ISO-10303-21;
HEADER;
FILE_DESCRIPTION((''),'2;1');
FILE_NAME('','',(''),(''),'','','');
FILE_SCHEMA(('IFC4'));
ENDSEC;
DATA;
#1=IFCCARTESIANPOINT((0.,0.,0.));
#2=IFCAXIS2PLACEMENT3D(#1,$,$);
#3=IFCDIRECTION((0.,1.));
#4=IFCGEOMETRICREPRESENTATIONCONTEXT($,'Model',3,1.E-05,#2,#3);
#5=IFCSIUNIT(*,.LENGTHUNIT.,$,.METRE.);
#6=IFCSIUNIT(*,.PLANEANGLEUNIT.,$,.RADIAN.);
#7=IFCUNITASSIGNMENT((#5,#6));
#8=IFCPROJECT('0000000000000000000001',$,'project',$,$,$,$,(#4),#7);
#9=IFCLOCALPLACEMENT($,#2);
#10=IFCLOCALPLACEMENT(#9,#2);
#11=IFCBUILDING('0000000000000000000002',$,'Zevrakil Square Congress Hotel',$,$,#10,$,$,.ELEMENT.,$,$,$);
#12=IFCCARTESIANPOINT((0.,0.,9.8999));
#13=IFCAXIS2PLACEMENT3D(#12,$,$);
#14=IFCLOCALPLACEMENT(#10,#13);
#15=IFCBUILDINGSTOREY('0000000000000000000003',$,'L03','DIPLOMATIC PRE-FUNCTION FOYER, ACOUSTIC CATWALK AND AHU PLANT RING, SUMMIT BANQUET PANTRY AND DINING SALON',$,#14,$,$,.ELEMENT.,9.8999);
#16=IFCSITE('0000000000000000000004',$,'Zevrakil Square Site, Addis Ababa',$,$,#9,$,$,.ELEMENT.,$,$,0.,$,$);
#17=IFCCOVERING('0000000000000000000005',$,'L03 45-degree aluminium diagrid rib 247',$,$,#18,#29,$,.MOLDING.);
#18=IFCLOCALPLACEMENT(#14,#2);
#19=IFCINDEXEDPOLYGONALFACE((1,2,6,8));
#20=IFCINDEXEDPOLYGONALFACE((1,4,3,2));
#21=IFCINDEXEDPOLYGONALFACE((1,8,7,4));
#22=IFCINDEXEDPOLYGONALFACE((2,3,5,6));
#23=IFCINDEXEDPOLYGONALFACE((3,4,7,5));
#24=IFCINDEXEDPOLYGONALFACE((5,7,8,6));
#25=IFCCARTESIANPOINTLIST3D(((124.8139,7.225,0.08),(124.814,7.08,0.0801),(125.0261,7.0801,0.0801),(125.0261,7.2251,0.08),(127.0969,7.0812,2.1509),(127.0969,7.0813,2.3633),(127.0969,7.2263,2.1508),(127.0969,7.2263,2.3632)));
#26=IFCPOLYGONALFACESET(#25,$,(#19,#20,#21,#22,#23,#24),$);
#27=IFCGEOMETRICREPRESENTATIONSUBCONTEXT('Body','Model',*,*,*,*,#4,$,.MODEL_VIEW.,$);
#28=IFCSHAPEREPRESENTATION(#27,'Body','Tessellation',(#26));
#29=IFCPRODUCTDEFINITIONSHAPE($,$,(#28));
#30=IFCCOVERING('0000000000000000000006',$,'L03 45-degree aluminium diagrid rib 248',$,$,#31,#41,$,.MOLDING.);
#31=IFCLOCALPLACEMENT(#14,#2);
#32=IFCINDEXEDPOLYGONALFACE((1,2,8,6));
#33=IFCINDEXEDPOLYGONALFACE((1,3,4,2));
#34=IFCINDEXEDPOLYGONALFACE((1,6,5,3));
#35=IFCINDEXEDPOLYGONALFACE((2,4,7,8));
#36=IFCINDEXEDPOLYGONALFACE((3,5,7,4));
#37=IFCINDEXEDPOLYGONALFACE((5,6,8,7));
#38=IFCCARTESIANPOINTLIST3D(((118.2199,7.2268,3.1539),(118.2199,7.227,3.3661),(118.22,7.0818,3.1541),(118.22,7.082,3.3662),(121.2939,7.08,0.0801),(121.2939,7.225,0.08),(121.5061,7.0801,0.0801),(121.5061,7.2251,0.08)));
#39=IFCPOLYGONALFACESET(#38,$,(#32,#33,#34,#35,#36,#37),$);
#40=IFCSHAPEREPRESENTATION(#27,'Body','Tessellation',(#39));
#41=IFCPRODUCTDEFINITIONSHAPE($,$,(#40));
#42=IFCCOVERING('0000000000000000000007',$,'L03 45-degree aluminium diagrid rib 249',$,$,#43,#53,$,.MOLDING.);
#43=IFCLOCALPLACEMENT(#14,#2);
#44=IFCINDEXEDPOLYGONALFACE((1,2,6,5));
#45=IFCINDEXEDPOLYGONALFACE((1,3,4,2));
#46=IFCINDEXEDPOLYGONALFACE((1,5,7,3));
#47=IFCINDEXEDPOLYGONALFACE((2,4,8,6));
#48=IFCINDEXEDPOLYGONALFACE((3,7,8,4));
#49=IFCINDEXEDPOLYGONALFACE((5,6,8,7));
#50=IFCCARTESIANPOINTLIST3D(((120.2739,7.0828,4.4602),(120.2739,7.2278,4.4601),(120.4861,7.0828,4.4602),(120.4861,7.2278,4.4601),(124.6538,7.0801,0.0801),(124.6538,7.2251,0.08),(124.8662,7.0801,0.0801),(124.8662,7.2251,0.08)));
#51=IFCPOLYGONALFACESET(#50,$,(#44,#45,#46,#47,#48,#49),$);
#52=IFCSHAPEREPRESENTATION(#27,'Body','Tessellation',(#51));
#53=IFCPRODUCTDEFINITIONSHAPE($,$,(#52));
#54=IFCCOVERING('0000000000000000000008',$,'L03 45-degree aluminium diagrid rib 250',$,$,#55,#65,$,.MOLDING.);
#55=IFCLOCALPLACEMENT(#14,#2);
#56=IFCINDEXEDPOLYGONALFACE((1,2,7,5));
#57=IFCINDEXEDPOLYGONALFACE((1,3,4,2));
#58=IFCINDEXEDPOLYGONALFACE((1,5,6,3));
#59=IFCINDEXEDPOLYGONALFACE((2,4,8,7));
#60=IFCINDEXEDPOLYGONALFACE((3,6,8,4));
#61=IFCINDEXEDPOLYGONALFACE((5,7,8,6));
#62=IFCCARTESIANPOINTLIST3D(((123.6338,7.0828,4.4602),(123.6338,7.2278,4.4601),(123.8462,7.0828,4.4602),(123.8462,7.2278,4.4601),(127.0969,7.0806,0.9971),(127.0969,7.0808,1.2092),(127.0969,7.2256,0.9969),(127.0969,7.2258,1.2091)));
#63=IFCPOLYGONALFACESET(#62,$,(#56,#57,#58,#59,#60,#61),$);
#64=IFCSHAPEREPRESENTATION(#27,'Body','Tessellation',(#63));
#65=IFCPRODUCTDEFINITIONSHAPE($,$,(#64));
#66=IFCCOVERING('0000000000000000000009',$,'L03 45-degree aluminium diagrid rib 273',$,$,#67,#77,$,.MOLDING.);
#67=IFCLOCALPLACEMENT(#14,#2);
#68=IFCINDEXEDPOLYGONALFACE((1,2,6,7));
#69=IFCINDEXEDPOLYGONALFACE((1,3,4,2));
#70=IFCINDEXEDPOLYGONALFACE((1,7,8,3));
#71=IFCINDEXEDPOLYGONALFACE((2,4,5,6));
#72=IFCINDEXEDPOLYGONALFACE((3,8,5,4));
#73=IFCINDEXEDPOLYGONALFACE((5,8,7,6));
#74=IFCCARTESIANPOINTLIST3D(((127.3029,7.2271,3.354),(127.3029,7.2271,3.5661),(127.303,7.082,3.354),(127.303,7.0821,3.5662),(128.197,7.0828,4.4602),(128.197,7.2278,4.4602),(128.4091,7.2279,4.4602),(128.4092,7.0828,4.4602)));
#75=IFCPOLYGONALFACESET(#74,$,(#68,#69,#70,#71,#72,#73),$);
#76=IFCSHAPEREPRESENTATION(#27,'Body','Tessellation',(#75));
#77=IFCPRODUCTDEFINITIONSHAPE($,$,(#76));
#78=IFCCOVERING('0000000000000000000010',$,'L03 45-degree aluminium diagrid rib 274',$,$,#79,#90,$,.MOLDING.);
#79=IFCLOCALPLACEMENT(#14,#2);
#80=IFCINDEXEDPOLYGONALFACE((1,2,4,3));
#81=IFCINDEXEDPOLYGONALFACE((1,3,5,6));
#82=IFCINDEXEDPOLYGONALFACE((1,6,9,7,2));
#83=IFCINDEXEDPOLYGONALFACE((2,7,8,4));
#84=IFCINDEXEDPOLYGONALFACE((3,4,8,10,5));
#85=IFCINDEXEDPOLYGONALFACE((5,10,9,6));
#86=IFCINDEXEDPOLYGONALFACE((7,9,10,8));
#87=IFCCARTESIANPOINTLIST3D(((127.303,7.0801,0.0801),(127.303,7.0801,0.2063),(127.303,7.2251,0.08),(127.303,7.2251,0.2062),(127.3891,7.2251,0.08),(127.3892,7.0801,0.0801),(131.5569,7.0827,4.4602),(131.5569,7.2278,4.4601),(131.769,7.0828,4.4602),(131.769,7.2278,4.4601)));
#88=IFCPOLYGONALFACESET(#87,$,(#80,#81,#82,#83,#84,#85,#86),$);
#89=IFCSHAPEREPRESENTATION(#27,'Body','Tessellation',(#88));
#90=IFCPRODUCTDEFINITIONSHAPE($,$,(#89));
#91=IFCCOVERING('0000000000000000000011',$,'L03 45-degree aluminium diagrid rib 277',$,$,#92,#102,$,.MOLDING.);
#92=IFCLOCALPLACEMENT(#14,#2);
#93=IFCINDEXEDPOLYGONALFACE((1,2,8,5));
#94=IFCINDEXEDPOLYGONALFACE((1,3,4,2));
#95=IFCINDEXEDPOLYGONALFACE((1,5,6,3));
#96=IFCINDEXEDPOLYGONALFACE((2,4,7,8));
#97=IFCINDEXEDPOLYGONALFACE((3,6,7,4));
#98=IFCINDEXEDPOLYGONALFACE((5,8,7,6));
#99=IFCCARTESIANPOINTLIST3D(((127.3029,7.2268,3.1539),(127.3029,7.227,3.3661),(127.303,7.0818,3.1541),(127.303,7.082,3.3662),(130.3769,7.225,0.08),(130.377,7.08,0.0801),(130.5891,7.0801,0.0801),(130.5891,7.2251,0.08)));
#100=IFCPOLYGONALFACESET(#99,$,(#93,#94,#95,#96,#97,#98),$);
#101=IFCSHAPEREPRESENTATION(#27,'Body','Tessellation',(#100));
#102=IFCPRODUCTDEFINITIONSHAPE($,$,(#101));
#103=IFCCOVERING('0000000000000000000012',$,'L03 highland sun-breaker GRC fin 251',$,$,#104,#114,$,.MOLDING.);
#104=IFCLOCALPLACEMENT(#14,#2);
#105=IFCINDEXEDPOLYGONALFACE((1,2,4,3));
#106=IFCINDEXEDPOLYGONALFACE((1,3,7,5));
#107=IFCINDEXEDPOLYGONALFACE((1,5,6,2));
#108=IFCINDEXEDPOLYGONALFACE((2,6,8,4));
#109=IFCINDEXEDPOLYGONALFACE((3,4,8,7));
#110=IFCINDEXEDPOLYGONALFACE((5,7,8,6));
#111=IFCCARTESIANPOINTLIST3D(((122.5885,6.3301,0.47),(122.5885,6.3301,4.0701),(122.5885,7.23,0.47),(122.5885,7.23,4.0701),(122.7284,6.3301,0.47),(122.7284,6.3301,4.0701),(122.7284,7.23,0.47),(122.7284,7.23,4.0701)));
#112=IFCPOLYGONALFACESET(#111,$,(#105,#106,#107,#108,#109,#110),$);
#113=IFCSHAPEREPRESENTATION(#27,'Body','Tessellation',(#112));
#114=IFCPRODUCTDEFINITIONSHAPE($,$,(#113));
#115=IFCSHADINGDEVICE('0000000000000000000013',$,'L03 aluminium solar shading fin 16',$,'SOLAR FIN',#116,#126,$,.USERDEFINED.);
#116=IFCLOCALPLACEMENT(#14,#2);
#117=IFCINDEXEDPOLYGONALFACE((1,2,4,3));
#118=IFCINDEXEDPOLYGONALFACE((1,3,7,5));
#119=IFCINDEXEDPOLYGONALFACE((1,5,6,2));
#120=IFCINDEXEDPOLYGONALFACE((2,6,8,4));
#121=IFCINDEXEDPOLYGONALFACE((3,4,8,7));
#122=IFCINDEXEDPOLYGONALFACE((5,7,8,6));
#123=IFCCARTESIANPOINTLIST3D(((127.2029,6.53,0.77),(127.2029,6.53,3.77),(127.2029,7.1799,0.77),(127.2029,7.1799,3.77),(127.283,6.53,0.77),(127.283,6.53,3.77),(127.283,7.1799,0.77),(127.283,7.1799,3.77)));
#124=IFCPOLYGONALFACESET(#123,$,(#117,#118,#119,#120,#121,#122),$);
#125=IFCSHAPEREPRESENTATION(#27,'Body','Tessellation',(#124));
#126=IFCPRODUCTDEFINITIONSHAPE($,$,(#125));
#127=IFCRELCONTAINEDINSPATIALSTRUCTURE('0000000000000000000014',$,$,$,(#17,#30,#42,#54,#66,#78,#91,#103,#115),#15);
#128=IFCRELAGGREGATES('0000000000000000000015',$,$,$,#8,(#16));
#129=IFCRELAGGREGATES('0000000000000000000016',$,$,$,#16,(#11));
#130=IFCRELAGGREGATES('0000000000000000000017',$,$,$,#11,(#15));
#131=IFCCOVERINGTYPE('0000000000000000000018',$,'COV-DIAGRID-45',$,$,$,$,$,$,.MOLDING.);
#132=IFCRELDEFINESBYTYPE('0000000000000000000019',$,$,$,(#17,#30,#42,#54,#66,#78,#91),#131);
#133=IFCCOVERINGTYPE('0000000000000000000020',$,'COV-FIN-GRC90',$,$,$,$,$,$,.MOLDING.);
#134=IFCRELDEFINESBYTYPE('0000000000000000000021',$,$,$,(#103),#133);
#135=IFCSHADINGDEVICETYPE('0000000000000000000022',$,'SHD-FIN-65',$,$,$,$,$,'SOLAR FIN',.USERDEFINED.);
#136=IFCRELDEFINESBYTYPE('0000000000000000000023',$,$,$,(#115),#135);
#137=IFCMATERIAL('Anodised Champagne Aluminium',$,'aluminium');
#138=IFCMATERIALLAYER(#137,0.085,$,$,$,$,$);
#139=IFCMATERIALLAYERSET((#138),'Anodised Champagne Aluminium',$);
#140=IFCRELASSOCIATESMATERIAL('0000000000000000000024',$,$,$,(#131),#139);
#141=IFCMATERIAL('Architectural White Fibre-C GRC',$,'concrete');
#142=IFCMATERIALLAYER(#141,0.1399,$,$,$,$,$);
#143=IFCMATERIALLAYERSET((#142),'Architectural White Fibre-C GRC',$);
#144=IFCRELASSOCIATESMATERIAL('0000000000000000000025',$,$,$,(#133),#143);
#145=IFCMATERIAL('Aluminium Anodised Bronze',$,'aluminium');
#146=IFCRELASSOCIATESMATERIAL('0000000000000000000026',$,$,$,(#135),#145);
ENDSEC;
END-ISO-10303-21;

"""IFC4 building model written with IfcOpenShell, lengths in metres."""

from ifc_helpers import new_model, si_unit, direction, frame, origin, origin_2d, place, context, subcontext, project, spatial, polyline, rectangle, outline, extrude, material, layer, layer_set, type_object, element, save


model = new_model("IFC4")

# Units and contexts
model_context = context("Model", 3, precision=1e-05, world=origin(), true_north=direction((0.0, 1.0)))
body_context = subcontext(model_context, "Body", "Model", "MODEL_VIEW")
ifc_project = project(units=[si_unit("LENGTHUNIT", "METRE"), si_unit("PLANEANGLEUNIT", "RADIAN")], contexts=[model_context])

# Site, building, storey
site_placement = place(None, origin())
site = spatial("IfcSite", under=ifc_project, at=site_placement, Name="Zevrakil Square Site, Addis Ababa", CompositionType="ELEMENT", RefElevation=0.0)
building_placement = place(site_placement, origin())
building = spatial("IfcBuilding", under=site, at=building_placement, Name="Zevrakil Square Congress Hotel", CompositionType="ELEMENT")
storey_placement = place(building_placement, frame((0.0, 0.0, 9.8999)))
storey = spatial("IfcBuildingStorey", under=building, at=storey_placement, Name="L03", Description="DIPLOMATIC PRE-FUNCTION FOYER, ACOUSTIC CATWALK AND AHU PLANT RING, SUMMIT BANQUET PANTRY AND DINING SALON", CompositionType="ELEMENT", Elevation=9.8999)

# Coverings
ifc_material_1 = material(Name="Anodised Champagne Aluminium", Category="aluminium")
ifc_layer_1 = layer(ifc_material_1, 0.085)
ifc_layer_set_1 = layer_set([ifc_layer_1], Name="Anodised Champagne Aluminium")
covering_type_1 = type_object("IfcCoveringType", Name="COV-DIAGRID-45", PredefinedType="MOLDING", material=ifc_layer_set_1)
covering_1_placement = place(storey_placement, frame((125.0261, 7.0801, 0.0801), z_axis=(0.000281, -1.0, 0.00028), x_axis=(-1.0, -0.000281, 0.0)))
element("IfcCovering", 1, at=covering_1_placement, inside=storey, type_object=covering_type_1, Name="L03 45-degree aluminium diagrid rib 247", PredefinedType="MOLDING", context=body_context, shape_type="SweptSolid", body=[
    extrude(outline(polyline([(0.0, 0.0), (0.2122, 0.0), (-2.0708, -2.2832), (-2.0708, -2.0708), (0.0, 0.0)])), origin(), (0.0, 0.0, -1.0), 0.145),
])
covering_2_placement = place(storey_placement, frame((118.22, 7.0818, 3.1541), z_axis=(0.000287, -1.0, 0.000863), x_axis=(0.0, 0.000863, 1.0)))
element("IfcCovering", 2, at=covering_2_placement, inside=storey, type_object=covering_type_1, Name="L03 45-degree aluminium diagrid rib 248", PredefinedType="MOLDING", context=body_context, shape_type="SweptSolid", body=[
    extrude(outline(polyline([(0.0, 0.0), (0.2122, 0.0), (-3.074, -3.2861), (-3.074, -3.074), (0.0, 0.0)])), origin(), (0.0, 0.0, -1.0), 0.145),
])
covering_3_placement = place(storey_placement, frame((120.2739, 7.0828, 4.4602), z_axis=(0.0, -1.0, 0.000613), x_axis=(1.0, 0.0, 0.0)))
element("IfcCovering", 3, at=covering_3_placement, inside=storey, type_object=covering_type_1, Name="L03 45-degree aluminium diagrid rib 249", PredefinedType="MOLDING", context=body_context, shape_type="SweptSolid", body=[
    extrude(outline(polyline([(0.0, 0.0), (0.2122, 0.0), (4.5923, -4.3801), (4.3799, -4.3801), (0.0, 0.0)])), origin(), (0.0, 0.0, -1.0), 0.145),
])
covering_4_placement = place(storey_placement, frame((123.6338, 7.0828, 4.4602), z_axis=(0.000266, -1.0, 0.000884), x_axis=(1.0, 0.000266, 0.0)))
element("IfcCovering", 4, at=covering_4_placement, inside=storey, type_object=covering_type_1, Name="L03 45-degree aluminium diagrid rib 250", PredefinedType="MOLDING", context=body_context, shape_type="SweptSolid", body=[
    extrude(outline(polyline([(0.0, 0.0), (0.2124, 0.0), (3.4631, -3.251), (3.4631, -3.4631), (0.0, 0.0)])), origin(), (0.0, 0.0, -1.0), 0.145),
])
covering_5_placement = place(storey_placement, frame((127.303, 7.082, 3.354), z_axis=(0.000366, -1.0, 0.000366), x_axis=(0.0, 0.000366, 1.0)))
element("IfcCovering", 5, at=covering_5_placement, inside=storey, type_object=covering_type_1, Name="L03 45-degree aluminium diagrid rib 273", PredefinedType="MOLDING", context=body_context, shape_type="SweptSolid", body=[
    extrude(outline(polyline([(0.0, 0.0), (0.2122, 0.0), (1.1062, -0.894), (1.1062, -1.1062), (0.0, 0.0)])), origin(), (0.0, 0.0, -1.0), 0.145),
])
covering_6_placement = place(storey_placement, frame((127.3892, 7.0801, 0.0801), z_axis=(0.000184, -1.0, 0.000435), x_axis=(-1.0, -0.000184, 0.0)))
element("IfcCovering", 6, at=covering_6_placement, inside=storey, type_object=covering_type_1, Name="L03 45-degree aluminium diagrid rib 274", PredefinedType="MOLDING", context=body_context, shape_type="SweptSolid", body=[
    extrude(outline(polyline([(0.0, 0.0), (0.0862, 0.0), (0.0862, -0.1262), (-4.1677, -4.3801), (-4.3799, -4.3801), (0.0, 0.0)])), origin(), (0.0, 0.0, -1.0), 0.145),
])
covering_7_placement = place(storey_placement, frame((127.303, 7.0818, 3.1541), z_axis=(0.000287, -1.0, 0.000863), x_axis=(0.0, 0.000863, 1.0)))
element("IfcCovering", 7, at=covering_7_placement, inside=storey, type_object=covering_type_1, Name="L03 45-degree aluminium diagrid rib 277", PredefinedType="MOLDING", context=body_context, shape_type="SweptSolid", body=[
    extrude(outline(polyline([(0.0, 0.0), (0.2122, 0.0), (-3.074, -3.2861), (-3.074, -3.074), (0.0, 0.0)])), origin(), (0.0, 0.0, -1.0), 0.145),
])
ifc_material_2 = material(Name="Architectural White Fibre-C GRC", Category="concrete")
ifc_layer_2 = layer(ifc_material_2, 0.1399)
ifc_layer_set_2 = layer_set([ifc_layer_2], Name="Architectural White Fibre-C GRC")
covering_type_2 = type_object("IfcCoveringType", Name="COV-FIN-GRC90", PredefinedType="MOLDING", material=ifc_layer_set_2)
covering_8_placement = place(storey_placement, frame((122.6584, 6.78, 0.47), z_axis=(0.0, 0.0, 1.0), x_axis=(0.0, -1.0, 0.0)))
element("IfcCovering", 8, at=covering_8_placement, inside=storey, type_object=covering_type_2, Name="L03 highland sun-breaker GRC fin 251", PredefinedType="MOLDING", context=body_context, shape_type="SweptSolid", body=[
    extrude(rectangle(XDim=0.8999, YDim=0.1399, at=origin_2d()), origin(), (0.0, 0.0, 1.0), 3.6001),
])

# Shading device
ifc_material_3 = material(Name="Aluminium Anodised Bronze", Category="aluminium")
shading_device_type = type_object("IfcShadingDeviceType", Name="SHD-FIN-65", ElementType="SOLAR FIN", PredefinedType="USERDEFINED", material=ifc_material_3)
shading_device_placement = place(storey_placement, frame((127.2429, 6.855, 0.77), z_axis=(0.0, 0.0, 1.0), x_axis=(0.0, -1.0, 0.0)))
element("IfcShadingDevice", 9, at=shading_device_placement, inside=storey, type_object=shading_device_type, Name="L03 aluminium solar shading fin 16", ObjectType="SOLAR FIN", PredefinedType="USERDEFINED", context=body_context, shape_type="SweptSolid", body=[
    extrude(rectangle(XDim=0.6499, YDim=0.0801, at=origin_2d()), origin(), (0.0, 0.0, 1.0), 3.0),
])

save(model, "model.ifc")
